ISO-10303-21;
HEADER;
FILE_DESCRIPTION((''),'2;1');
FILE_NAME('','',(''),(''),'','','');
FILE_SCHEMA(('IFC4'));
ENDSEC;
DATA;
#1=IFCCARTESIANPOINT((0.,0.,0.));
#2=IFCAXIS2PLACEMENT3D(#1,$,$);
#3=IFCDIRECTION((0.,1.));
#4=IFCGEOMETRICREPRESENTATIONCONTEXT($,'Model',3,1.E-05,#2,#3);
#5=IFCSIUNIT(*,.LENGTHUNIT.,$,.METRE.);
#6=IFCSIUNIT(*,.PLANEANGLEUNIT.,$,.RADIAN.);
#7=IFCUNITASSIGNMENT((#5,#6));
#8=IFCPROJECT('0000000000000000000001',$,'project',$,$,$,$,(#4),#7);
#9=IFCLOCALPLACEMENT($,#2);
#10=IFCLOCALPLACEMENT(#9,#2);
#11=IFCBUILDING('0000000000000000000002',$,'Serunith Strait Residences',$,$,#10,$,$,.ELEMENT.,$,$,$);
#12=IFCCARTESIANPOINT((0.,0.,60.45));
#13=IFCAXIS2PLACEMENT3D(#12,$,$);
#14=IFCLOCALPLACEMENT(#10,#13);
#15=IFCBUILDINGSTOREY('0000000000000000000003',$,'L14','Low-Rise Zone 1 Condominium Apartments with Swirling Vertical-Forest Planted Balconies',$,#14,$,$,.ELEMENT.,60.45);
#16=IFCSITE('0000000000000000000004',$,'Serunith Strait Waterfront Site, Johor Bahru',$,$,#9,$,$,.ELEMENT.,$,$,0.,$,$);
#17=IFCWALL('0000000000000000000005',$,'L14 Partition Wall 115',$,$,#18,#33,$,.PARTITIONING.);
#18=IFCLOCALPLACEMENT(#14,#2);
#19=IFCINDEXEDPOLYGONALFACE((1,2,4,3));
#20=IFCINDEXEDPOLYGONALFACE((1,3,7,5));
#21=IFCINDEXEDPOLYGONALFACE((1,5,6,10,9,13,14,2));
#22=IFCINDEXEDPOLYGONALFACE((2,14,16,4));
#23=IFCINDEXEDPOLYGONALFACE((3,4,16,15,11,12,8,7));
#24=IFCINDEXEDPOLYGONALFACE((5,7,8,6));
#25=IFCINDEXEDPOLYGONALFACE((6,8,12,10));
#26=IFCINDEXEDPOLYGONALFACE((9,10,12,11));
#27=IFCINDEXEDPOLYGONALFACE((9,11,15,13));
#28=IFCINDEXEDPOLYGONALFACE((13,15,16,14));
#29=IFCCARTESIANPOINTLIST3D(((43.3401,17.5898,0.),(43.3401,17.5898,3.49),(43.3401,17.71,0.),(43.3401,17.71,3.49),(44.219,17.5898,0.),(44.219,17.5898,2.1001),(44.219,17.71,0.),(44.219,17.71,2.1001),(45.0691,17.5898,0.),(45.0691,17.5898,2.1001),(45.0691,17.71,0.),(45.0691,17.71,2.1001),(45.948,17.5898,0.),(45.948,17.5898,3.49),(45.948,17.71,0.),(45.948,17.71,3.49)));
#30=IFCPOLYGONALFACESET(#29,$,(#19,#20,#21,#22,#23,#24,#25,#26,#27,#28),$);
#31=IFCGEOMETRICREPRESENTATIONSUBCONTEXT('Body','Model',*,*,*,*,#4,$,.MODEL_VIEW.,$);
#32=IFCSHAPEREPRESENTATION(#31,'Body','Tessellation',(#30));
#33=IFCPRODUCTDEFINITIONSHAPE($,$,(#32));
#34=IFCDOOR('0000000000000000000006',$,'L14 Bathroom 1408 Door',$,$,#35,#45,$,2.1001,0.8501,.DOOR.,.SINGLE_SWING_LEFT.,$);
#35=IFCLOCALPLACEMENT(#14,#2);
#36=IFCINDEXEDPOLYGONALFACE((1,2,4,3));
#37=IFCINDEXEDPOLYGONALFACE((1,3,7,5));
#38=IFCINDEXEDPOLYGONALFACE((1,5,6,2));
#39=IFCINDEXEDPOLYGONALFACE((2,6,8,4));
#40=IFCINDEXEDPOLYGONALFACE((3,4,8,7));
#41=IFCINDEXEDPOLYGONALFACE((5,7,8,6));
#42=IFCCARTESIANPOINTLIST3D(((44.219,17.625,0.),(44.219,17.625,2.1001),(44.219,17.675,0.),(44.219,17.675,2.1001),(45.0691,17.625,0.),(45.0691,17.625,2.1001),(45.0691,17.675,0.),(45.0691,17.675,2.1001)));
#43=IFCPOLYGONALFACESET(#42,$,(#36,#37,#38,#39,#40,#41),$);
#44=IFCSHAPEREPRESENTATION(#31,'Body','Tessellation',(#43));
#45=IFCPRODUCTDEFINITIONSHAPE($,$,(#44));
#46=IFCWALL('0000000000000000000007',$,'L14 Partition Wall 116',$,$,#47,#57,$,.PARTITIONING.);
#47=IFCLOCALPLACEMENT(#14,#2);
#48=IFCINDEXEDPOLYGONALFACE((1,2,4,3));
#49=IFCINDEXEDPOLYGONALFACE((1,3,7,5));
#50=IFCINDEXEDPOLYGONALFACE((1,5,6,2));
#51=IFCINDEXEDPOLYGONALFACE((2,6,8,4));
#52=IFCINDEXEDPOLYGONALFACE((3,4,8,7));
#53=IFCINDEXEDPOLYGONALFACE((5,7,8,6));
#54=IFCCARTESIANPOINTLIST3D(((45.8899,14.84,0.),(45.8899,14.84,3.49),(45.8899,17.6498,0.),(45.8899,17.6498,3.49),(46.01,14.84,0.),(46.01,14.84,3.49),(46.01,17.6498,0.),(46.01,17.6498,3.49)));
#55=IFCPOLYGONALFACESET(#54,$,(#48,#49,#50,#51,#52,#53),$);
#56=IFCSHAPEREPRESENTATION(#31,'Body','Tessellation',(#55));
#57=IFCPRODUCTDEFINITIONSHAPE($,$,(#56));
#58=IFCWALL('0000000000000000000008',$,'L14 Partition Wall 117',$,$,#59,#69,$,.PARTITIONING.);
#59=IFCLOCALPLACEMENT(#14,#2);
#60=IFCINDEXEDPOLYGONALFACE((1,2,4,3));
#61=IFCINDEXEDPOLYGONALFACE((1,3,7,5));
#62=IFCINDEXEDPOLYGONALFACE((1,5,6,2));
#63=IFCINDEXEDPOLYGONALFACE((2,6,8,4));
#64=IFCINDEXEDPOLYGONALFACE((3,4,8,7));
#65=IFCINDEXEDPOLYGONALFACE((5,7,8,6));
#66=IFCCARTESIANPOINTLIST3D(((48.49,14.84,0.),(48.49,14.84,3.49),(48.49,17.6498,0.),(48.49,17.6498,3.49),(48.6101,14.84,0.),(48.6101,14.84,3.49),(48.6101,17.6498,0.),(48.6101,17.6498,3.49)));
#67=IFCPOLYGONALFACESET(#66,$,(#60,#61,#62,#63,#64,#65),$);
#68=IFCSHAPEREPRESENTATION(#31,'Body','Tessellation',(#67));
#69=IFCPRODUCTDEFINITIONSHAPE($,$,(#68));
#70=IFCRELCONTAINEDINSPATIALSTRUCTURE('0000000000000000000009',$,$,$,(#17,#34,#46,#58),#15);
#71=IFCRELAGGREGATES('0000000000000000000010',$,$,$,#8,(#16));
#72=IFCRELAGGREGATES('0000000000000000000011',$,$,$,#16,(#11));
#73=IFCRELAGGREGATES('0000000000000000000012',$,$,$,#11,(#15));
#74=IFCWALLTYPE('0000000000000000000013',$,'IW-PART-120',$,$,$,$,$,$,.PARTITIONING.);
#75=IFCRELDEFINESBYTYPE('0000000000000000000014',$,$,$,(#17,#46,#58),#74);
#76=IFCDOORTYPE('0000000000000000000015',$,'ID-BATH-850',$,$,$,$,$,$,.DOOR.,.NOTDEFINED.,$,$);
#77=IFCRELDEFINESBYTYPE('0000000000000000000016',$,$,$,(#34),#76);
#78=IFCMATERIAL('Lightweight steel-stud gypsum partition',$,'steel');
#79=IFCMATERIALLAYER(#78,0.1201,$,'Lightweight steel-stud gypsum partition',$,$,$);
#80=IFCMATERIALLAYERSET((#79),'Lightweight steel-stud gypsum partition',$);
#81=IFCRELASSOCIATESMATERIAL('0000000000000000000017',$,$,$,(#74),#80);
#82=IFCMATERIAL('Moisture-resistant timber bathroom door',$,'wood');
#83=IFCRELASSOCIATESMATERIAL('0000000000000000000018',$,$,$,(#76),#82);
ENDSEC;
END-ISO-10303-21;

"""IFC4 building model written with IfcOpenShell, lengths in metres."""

from ifc_helpers import new_model, si_unit, direction, frame, frame_2d, origin, place, context, subcontext, project, spatial, rectangle, extrude, source, transform, mapped, material, layer, layer_set, type_object, element, fill, save


model = new_model("IFC4")

# Units and contexts
model_context = context("Model", 3, precision=1e-05, world=origin(), true_north=direction((0.0, 1.0)))
body_context = subcontext(model_context, "Body", "Model", "MODEL_VIEW")
ifc_project = project(units=[si_unit("LENGTHUNIT", "METRE"), si_unit("PLANEANGLEUNIT", "RADIAN")], contexts=[model_context])

# Site, building, storey
site_placement = place(None, origin())
site = spatial("IfcSite", under=ifc_project, at=site_placement, Name="Serunith Strait Waterfront Site, Johor Bahru", CompositionType="ELEMENT", RefElevation=0.0)
building_placement = place(site_placement, origin())
building = spatial("IfcBuilding", under=site, at=building_placement, Name="Serunith Strait Residences", CompositionType="ELEMENT")
storey_placement = place(building_placement, frame((0.0, 0.0, 60.45)))
storey = spatial("IfcBuildingStorey", under=building, at=storey_placement, Name="L14", Description="Low-Rise Zone 1 Condominium Apartments with Swirling Vertical-Forest Planted Balconies", CompositionType="ELEMENT", Elevation=60.45)

# Shared definitions
ifc_material_1 = material(Name="Lightweight steel-stud gypsum partition", Category="steel")
ifc_layer_1 = layer(ifc_material_1, 0.1201, Name="Lightweight steel-stud gypsum partition")
ifc_layer_set_1 = layer_set([ifc_layer_1], Name="Lightweight steel-stud gypsum partition")
wall_type_1 = type_object("IfcWallType", Name="IW-PART-120", PredefinedType="PARTITIONING", material=ifc_layer_set_1)
shared_shape_1 = source(origin(), body_context, "Body", "SweptSolid", [
    extrude(rectangle(XDim=0.8501, YDim=2.1001, at=frame_2d((0.425, 1.05))), frame((0.0, 0.0249, 0.0), z_axis=(0.0, -1.0, 0.0), x_axis=(1.0, 0.0, 0.0)), (0.0, 0.0, 1.0), 0.05),
])

# Wall, opening, door
wall_1_placement = place(storey_placement, frame((45.948, 17.6499, 0.0), z_axis=(0.0, 0.0, 1.0), x_axis=(-1.0, 0.0, 0.0)))
wall_1 = element("IfcWall", 1, at=wall_1_placement, inside=storey, type_object=wall_type_1, Name="L14 Partition Wall 115", PredefinedType="PARTITIONING", context=body_context, shape_type="SweptSolid", body=[
    extrude(rectangle(XDim=2.6079, YDim=0.1201, at=frame_2d((1.304, 0.0))), origin(), (0.0, 0.0, 1.0), 3.49),
])
opening_1_placement = place(wall_1_placement, frame((0.8789, 0.0, 0.0)))
opening_1 = element("IfcOpeningElement", 2, at=opening_1_placement, cuts=wall_1, PredefinedType="OPENING", context=body_context, shape_type="SweptSolid", body=[
    extrude(rectangle(XDim=0.8501, YDim=2.1001, at=frame_2d((0.425, 1.05))), frame((0.0, 0.0701, 0.0), z_axis=(0.0, -1.0, 0.0), x_axis=(1.0, 0.0, 0.0)), (0.0, 0.0, 1.0), 0.1401),
])
ifc_material_2 = material(Name="Moisture-resistant timber bathroom door", Category="wood")
door_type_1 = type_object("IfcDoorType", Name="ID-BATH-850", OperationType="NOTDEFINED", PredefinedType="DOOR", material=ifc_material_2)
door_1_placement = place(opening_1_placement, origin())
door_1 = element("IfcDoor", 3, at=door_1_placement, inside=storey, type_object=door_type_1, Name="L14 Bathroom 1408 Door", OperationType="SINGLE_SWING_LEFT", OverallHeight=2.1001, OverallWidth=0.8501, PredefinedType="DOOR", context=body_context, shape_type="MappedRepresentation", body=[
    mapped(shared_shape_1, transform((0.0, 0.0, 0.0), scale=1.0)),
])
fill(opening_1, door_1)

# Walls
for number, where, z_axis, x_axis, name in (
    (4, (45.95, 14.8401, 0.0), (0.0, 0.0, 1.0), (0.0, 1.0, 0.0), "L14 Partition Wall 116"),
    (5, (48.55, 14.8401, 0.0), (0.0, 0.0, 1.0), (0.0, 1.0, 0.0), "L14 Partition Wall 117"),
):
    element("IfcWall", number, at=place(storey_placement, frame(where, z_axis=z_axis, x_axis=x_axis)), inside=storey, type_object=wall_type_1, Name=name, PredefinedType="PARTITIONING", context=body_context, shape_type="SweptSolid", body=[
        extrude(rectangle(XDim=2.8098, YDim=0.1201, at=frame_2d((1.4048, 0.0))), origin(), (0.0, 0.0, 1.0), 3.49),
    ])

save(model, "model.ifc")
